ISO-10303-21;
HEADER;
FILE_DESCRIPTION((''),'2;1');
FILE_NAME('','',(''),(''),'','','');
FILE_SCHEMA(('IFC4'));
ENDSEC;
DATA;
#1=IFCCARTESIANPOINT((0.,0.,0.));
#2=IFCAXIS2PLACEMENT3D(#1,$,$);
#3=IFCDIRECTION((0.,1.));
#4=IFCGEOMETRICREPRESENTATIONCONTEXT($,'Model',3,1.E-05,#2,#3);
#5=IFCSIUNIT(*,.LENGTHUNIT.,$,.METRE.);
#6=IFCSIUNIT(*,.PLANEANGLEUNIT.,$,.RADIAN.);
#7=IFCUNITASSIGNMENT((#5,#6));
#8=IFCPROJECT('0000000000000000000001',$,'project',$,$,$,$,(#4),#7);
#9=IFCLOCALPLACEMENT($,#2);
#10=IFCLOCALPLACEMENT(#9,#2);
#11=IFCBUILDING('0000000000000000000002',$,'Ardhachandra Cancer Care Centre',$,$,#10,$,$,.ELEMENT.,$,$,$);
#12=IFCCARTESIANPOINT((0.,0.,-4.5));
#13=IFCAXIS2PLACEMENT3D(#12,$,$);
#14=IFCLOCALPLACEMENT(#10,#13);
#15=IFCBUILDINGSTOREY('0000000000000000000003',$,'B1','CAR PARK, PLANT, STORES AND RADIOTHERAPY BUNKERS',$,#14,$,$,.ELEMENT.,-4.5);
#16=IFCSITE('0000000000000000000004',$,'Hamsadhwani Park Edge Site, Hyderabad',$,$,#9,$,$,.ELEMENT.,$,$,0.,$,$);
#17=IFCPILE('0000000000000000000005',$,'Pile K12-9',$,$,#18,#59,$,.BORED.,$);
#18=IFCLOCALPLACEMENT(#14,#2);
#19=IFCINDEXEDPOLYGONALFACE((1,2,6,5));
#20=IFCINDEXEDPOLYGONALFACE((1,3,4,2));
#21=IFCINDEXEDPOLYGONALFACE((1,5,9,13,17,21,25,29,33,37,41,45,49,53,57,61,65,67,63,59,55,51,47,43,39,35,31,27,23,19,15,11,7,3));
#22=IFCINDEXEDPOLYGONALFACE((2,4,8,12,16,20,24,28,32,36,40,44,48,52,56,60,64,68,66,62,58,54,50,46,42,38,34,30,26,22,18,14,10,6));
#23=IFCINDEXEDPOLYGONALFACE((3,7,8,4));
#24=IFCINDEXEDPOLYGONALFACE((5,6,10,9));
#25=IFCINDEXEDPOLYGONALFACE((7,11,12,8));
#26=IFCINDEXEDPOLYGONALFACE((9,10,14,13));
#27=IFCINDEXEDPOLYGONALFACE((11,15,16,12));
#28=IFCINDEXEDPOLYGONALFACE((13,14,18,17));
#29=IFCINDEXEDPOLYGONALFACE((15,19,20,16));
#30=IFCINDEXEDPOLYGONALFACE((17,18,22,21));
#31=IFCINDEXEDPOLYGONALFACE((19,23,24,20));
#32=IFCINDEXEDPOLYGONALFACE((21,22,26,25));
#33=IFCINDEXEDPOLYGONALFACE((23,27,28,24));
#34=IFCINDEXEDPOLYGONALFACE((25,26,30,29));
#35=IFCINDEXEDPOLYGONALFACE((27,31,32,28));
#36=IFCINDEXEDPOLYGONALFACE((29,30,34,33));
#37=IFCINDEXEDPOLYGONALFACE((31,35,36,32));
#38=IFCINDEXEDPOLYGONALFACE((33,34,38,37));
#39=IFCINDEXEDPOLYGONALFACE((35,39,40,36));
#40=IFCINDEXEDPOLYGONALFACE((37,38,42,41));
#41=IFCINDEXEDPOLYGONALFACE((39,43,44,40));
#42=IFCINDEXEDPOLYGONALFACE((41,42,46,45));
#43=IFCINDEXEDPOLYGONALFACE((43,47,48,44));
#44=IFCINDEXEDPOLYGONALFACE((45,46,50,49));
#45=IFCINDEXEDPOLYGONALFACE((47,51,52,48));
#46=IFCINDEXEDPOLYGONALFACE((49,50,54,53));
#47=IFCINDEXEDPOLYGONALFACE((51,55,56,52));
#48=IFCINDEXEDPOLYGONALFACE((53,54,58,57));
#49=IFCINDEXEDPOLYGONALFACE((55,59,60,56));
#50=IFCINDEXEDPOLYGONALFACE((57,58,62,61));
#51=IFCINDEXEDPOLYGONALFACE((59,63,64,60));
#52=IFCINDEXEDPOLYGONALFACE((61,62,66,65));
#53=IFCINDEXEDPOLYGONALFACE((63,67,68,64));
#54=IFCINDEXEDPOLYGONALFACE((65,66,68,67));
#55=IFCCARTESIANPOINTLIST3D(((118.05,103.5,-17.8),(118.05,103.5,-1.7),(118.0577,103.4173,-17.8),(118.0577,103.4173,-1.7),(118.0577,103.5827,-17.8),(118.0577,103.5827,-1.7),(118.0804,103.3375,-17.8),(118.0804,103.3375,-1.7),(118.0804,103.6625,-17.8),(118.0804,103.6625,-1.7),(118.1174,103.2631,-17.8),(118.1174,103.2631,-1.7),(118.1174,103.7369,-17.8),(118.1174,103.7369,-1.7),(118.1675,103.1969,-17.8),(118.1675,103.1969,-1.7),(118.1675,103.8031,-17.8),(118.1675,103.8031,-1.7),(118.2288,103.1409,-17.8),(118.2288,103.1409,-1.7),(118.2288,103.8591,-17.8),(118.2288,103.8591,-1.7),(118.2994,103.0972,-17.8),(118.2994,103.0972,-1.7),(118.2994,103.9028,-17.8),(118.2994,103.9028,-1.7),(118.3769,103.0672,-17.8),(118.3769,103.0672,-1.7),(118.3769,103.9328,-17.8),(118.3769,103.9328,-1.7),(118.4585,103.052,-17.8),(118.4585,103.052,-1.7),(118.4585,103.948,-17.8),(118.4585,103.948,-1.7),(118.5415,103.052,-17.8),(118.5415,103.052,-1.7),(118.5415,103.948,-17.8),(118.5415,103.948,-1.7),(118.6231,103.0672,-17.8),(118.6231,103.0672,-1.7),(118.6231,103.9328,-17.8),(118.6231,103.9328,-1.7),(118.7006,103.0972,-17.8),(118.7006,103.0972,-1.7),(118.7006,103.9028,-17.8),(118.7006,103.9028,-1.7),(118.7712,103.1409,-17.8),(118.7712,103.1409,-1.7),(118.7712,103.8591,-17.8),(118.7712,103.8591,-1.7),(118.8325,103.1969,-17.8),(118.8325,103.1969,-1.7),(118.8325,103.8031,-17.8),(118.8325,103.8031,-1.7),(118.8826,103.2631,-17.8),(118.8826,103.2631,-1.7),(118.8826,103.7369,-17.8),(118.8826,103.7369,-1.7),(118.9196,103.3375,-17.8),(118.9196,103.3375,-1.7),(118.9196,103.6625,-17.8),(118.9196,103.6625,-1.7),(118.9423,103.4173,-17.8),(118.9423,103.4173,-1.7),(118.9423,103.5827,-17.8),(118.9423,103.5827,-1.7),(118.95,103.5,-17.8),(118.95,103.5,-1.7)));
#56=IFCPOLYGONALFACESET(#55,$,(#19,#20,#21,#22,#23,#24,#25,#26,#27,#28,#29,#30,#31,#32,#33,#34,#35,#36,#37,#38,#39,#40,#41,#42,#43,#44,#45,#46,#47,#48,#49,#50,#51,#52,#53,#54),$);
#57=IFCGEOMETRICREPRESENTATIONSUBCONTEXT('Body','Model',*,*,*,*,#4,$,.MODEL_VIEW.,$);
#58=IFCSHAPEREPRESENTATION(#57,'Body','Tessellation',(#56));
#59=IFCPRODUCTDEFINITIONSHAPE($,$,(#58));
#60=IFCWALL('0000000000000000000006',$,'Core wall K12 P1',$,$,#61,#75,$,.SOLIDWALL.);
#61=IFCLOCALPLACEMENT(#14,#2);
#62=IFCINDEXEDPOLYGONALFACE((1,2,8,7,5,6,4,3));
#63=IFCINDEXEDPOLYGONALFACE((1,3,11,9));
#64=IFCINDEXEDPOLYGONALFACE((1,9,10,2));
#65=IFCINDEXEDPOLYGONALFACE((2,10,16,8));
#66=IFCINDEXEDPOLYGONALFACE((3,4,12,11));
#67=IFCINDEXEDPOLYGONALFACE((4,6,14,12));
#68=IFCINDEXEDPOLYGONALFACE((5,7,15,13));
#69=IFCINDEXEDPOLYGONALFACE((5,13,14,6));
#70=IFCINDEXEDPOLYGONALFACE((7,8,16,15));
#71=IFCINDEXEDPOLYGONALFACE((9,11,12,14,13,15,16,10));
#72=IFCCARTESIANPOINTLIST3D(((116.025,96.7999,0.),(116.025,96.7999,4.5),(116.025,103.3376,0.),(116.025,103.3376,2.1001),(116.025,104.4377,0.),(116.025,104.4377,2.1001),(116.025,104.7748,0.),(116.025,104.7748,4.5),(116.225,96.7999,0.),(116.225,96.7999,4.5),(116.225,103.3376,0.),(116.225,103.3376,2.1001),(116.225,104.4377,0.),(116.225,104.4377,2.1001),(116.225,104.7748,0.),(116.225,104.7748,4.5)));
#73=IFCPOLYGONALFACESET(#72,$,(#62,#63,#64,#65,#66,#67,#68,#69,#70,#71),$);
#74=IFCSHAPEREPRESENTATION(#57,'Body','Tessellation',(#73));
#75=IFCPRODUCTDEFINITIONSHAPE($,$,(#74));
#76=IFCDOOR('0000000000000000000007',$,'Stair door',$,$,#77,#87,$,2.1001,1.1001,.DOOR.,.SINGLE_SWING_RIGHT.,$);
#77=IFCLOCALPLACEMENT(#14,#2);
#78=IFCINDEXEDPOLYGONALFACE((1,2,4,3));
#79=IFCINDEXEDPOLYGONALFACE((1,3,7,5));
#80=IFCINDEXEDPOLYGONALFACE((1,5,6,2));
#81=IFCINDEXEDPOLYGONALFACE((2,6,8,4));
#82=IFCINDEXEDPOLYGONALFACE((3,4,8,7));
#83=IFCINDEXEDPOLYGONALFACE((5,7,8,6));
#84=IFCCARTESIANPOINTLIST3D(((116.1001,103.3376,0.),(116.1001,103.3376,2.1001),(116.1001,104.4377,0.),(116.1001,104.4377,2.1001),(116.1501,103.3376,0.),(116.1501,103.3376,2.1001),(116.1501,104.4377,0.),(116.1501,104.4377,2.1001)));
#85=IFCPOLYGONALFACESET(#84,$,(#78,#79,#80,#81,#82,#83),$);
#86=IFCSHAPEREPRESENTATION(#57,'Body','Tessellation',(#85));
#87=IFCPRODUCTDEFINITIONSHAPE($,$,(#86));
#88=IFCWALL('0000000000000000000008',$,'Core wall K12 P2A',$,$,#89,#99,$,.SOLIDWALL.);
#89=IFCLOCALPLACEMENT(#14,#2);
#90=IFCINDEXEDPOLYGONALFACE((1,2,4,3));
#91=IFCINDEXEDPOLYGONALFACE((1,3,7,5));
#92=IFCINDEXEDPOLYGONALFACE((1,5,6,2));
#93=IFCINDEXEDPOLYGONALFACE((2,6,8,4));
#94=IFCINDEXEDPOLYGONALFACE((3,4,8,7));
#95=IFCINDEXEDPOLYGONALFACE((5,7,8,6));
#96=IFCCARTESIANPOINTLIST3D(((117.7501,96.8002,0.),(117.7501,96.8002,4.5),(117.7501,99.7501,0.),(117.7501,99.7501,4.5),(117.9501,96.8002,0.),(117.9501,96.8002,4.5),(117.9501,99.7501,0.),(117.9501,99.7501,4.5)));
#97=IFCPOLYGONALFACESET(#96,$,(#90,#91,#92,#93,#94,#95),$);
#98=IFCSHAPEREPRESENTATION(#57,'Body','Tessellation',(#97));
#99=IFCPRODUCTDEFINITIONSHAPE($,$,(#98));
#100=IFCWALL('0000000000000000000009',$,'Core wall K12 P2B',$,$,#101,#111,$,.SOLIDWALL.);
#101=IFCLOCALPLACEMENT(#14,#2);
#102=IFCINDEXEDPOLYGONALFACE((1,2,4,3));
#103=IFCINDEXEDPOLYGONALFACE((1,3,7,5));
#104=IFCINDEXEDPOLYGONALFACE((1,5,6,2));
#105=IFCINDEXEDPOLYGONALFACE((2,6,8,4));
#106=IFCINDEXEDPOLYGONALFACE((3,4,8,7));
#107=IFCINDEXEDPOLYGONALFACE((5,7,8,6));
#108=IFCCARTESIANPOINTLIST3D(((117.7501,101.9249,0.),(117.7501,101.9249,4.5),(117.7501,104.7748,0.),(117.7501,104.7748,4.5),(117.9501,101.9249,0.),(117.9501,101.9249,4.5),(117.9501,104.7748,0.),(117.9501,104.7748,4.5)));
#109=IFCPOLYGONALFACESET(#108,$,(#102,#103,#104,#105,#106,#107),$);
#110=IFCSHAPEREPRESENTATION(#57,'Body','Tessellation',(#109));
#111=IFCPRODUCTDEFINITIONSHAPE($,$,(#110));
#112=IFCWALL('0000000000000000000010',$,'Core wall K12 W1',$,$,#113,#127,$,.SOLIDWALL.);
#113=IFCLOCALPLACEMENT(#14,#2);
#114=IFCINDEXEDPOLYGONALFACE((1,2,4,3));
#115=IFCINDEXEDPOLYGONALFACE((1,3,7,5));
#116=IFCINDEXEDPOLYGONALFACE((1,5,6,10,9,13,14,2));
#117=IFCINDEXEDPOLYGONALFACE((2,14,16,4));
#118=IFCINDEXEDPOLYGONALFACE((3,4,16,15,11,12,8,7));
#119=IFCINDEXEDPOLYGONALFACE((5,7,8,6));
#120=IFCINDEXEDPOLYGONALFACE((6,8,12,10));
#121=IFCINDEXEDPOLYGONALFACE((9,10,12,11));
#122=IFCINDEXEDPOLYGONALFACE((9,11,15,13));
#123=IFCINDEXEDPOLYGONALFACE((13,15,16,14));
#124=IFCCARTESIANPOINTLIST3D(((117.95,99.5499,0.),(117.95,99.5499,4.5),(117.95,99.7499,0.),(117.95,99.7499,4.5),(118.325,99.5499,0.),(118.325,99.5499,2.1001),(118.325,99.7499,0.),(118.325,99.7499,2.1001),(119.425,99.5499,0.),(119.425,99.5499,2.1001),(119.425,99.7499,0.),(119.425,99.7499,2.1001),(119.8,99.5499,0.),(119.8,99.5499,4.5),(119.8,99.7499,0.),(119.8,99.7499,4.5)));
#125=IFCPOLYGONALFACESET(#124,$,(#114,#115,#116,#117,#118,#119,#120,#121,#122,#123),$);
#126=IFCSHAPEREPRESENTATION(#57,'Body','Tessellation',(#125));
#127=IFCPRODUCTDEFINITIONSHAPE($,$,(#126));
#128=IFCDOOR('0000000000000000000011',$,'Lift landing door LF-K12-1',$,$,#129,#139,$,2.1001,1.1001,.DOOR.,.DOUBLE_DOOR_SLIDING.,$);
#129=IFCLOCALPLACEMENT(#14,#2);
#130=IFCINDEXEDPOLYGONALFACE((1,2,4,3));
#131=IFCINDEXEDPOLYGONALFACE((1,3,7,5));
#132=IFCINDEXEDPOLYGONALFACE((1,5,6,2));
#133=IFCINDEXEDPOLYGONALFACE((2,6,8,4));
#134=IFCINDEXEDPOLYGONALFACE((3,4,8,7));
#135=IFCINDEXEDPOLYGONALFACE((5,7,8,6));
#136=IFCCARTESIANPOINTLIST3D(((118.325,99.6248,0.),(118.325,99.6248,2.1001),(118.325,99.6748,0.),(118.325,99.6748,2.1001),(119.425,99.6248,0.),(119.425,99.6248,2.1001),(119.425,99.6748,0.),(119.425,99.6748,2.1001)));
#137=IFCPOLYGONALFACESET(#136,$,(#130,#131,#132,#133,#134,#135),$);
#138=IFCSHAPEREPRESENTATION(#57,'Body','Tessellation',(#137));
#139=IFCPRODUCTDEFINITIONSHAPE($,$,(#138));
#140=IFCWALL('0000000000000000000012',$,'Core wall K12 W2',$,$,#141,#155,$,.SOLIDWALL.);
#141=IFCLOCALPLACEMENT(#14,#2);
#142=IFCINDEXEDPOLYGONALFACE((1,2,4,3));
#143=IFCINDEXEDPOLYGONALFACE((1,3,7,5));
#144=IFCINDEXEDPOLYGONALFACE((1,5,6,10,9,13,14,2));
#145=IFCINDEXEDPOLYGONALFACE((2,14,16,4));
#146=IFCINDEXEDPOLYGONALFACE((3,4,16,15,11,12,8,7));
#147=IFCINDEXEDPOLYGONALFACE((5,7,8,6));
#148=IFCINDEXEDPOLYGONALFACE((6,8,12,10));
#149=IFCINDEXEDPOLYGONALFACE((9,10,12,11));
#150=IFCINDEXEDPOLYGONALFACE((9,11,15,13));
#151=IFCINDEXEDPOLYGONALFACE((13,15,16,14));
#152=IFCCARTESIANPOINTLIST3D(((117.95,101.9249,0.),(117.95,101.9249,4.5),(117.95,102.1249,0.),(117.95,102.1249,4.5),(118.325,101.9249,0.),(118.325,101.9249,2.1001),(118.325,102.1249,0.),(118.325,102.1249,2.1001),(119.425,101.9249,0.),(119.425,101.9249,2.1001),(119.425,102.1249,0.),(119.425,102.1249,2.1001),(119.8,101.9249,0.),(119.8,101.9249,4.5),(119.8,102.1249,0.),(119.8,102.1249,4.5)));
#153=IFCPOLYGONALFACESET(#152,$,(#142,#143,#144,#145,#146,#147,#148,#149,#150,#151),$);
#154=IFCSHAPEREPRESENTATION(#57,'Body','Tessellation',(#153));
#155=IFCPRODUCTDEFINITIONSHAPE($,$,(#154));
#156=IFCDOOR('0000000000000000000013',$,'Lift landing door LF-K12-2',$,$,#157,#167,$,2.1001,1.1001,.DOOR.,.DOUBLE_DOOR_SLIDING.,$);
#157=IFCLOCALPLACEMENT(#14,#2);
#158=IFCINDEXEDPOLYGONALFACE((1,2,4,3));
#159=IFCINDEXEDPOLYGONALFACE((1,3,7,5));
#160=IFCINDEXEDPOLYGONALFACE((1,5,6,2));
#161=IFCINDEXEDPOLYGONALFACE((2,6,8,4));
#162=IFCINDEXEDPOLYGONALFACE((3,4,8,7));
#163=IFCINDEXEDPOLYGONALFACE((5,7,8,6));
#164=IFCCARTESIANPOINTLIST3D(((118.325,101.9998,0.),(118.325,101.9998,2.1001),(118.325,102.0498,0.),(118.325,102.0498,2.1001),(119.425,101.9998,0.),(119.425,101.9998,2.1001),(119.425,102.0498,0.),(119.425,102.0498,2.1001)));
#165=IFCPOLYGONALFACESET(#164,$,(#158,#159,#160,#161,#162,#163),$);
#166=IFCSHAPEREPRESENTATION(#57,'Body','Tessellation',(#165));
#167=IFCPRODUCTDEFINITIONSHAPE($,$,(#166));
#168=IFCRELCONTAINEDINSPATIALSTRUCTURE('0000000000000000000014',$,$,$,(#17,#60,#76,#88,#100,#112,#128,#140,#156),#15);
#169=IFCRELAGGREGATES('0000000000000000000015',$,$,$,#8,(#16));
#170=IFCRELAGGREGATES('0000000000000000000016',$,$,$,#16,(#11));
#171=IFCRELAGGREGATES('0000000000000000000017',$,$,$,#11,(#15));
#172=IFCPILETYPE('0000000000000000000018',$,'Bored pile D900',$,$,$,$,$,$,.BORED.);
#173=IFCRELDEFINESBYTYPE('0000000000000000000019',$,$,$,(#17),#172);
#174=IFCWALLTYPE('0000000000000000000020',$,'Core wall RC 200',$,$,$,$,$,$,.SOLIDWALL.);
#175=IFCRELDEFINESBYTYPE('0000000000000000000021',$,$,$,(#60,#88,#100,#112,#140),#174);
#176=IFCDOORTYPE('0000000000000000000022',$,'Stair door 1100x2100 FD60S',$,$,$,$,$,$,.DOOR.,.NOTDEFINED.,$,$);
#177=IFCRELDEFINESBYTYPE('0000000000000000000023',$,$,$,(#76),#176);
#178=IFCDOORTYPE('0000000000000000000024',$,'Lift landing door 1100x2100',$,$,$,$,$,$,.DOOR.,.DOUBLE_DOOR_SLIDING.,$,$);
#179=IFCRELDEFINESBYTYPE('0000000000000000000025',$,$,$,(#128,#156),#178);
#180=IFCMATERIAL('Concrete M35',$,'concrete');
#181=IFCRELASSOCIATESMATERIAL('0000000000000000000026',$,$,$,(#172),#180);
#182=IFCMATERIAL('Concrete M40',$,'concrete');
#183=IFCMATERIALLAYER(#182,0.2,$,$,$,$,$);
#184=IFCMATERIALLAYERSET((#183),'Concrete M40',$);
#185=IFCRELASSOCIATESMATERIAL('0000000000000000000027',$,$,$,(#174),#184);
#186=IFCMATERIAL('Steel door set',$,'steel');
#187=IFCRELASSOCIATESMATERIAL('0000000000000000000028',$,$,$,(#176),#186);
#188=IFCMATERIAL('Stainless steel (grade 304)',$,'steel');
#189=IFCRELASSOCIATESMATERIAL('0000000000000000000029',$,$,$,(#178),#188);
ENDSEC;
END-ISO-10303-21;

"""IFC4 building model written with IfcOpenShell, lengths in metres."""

from ifc_helpers import new_model, si_unit, direction, frame, frame_2d, origin, origin_2d, place, context, subcontext, project, spatial, rectangle, circle, extrude, material, layer, layer_set, material_profile, profile_set, type_object, element, fill, save


model = new_model("IFC4")

# Units and contexts
model_context = context("Model", 3, precision=1e-05, world=origin(), true_north=direction((0.0, 1.0)))
body_context = subcontext(model_context, "Body", "Model", "MODEL_VIEW")
ifc_project = project(units=[si_unit("LENGTHUNIT", "METRE"), si_unit("PLANEANGLEUNIT", "RADIAN")], contexts=[model_context])

# Site, building, storey
site_placement = place(None, origin())
site = spatial("IfcSite", under=ifc_project, at=site_placement, Name="Hamsadhwani Park Edge Site, Hyderabad", CompositionType="ELEMENT", RefElevation=0.0)
building_placement = place(site_placement, origin())
building = spatial("IfcBuilding", under=site, at=building_placement, Name="Ardhachandra Cancer Care Centre", CompositionType="ELEMENT")
storey_placement = place(building_placement, frame((0.0, 0.0, -4.5)))
storey = spatial("IfcBuildingStorey", under=building, at=storey_placement, Name="B1", Description="CAR PARK, PLANT, STORES AND RADIOTHERAPY BUNKERS", CompositionType="ELEMENT", Elevation=-4.5)

# Pile
ifc_material_1 = material(Name="Concrete M35", Category="concrete")
ifc_material_profile = material_profile(ifc_material_1, circle(Radius=0.45, at=origin_2d()), Name="D900")
ifc_profile_set = profile_set([ifc_material_profile], Name="Concrete M35")
pile_type = type_object("IfcPileType", Name="Bored pile D900", PredefinedType="BORED", material=ifc_profile_set)
for number, where, z_axis, x_axis, name in (
    (1, (118.5, 103.5, -1.7), (0.0, 0.0, -1.0), (1.0, 0.0, 0.0), "Pile K12-9"),
):
    element("IfcPile", number, at=place(storey_placement, frame(where, z_axis=z_axis, x_axis=x_axis)), inside=storey, type_object=pile_type, Name=name, PredefinedType="BORED", context=body_context, shape_type="SweptSolid", body=[
        extrude(circle(Radius=0.45, at=origin_2d()), origin(), (0.0, 0.0, 1.0), 16.1001),
    ])

# Wall, opening, door
ifc_material_2 = material(Name="Concrete M40", Category="concrete")
ifc_layer = layer(ifc_material_2, 0.2)
ifc_layer_set = layer_set([ifc_layer], Name="Concrete M40")
wall_type = type_object("IfcWallType", Name="Core wall RC 200", PredefinedType="SOLIDWALL", material=ifc_layer_set)
wall_1_placement = place(storey_placement, frame((116.125, 96.8, 0.0), z_axis=(0.0, 0.0, 1.0), x_axis=(0.0, 1.0, 0.0)))
wall_1 = element("IfcWall", 2, at=wall_1_placement, inside=storey, type_object=wall_type, Name="Core wall K12 P1", PredefinedType="SOLIDWALL", context=body_context, shape_type="SweptSolid", body=[
    extrude(rectangle(XDim=7.9749, YDim=0.2, at=frame_2d((3.9873, 0.0))), origin(), (0.0, 0.0, 1.0), 4.5),
])
opening_1_placement = place(wall_1_placement, frame((6.5376, 0.0, 0.0)))
opening_1 = element("IfcOpeningElement", 3, at=opening_1_placement, cuts=wall_1, PredefinedType="OPENING", context=body_context, shape_type="SweptSolid", body=[
    extrude(rectangle(XDim=1.1001, YDim=2.1001, at=frame_2d((0.55, 1.05))), frame((0.0, 0.1099, 0.0), z_axis=(0.0, -1.0, 0.0), x_axis=(1.0, 0.0, 0.0)), (0.0, 0.0, 1.0), 0.22),
])
ifc_material_3 = material(Name="Steel door set", Category="steel")
door_type_1 = type_object("IfcDoorType", Name="Stair door 1100x2100 FD60S", OperationType="NOTDEFINED", PredefinedType="DOOR", material=ifc_material_3)
door_1_placement = place(opening_1_placement, origin())
door_1 = element("IfcDoor", 4, at=door_1_placement, inside=storey, type_object=door_type_1, Name="Stair door", OperationType="SINGLE_SWING_RIGHT", OverallHeight=2.1001, OverallWidth=1.1001, PredefinedType="DOOR", context=body_context, shape_type="SweptSolid", body=[
    extrude(rectangle(XDim=1.1001, YDim=2.1001, at=frame_2d((0.55, 1.05))), frame((0.0, 0.0249, 0.0), z_axis=(0.0, -1.0, 0.0), x_axis=(1.0, 0.0, 0.0)), (0.0, 0.0, 1.0), 0.05),
])
fill(opening_1, door_1)

# Walls
wall_2_placement = place(storey_placement, frame((117.8501, 96.8, 0.0), z_axis=(0.0, 0.0, 1.0), x_axis=(0.0, 1.0, 0.0)))
element("IfcWall", 5, at=wall_2_placement, inside=storey, type_object=wall_type, Name="Core wall K12 P2A", PredefinedType="SOLIDWALL", context=body_context, shape_type="SweptSolid", body=[
    extrude(rectangle(XDim=2.95, YDim=0.2, at=frame_2d((1.4751, 0.0))), origin(), (0.0, 0.0, 1.0), 4.5),
])
wall_3_placement = place(storey_placement, frame((117.8501, 101.925, 0.0), z_axis=(0.0, 0.0, 1.0), x_axis=(0.0, 1.0, 0.0)))
element("IfcWall", 6, at=wall_3_placement, inside=storey, type_object=wall_type, Name="Core wall K12 P2B", PredefinedType="SOLIDWALL", context=body_context, shape_type="SweptSolid", body=[
    extrude(rectangle(XDim=2.8499, YDim=0.2, at=frame_2d((1.4248, 0.0))), origin(), (0.0, 0.0, 1.0), 4.5),
])

# Walls, openings, doors
wall_4_placement = place(storey_placement, frame((117.95, 99.6499, 0.0), z_axis=(0.0, 0.0, 1.0), x_axis=(1.0, 0.0, 0.0)))
wall_4 = element("IfcWall", 7, at=wall_4_placement, inside=storey, type_object=wall_type, Name="Core wall K12 W1", PredefinedType="SOLIDWALL", context=body_context, shape_type="SweptSolid", body=[
    extrude(rectangle(XDim=1.8501, YDim=0.2, at=frame_2d((0.925, 0.0))), origin(), (0.0, 0.0, 1.0), 4.5),
])
opening_2_placement = place(wall_4_placement, frame((0.375, 0.0, 0.0)))
opening_2 = element("IfcOpeningElement", 8, at=opening_2_placement, cuts=wall_4, PredefinedType="OPENING", context=body_context, shape_type="SweptSolid", body=[
    extrude(rectangle(XDim=1.1001, YDim=2.1001, at=frame_2d((0.55, 1.05))), frame((0.0, 0.1099, 0.0), z_axis=(0.0, -1.0, 0.0), x_axis=(1.0, 0.0, 0.0)), (0.0, 0.0, 1.0), 0.22),
])
ifc_material_4 = material(Name="Stainless steel (grade 304)", Category="steel")
door_type_2 = type_object("IfcDoorType", Name="Lift landing door 1100x2100", OperationType="DOUBLE_DOOR_SLIDING", PredefinedType="DOOR", material=ifc_material_4)
door_2_placement = place(opening_2_placement, origin())
door_2 = element("IfcDoor", 9, at=door_2_placement, inside=storey, type_object=door_type_2, Name="Lift landing door LF-K12-1", OperationType="DOUBLE_DOOR_SLIDING", OverallHeight=2.1001, OverallWidth=1.1001, PredefinedType="DOOR", context=body_context, shape_type="SweptSolid", body=[
    extrude(rectangle(XDim=1.1001, YDim=2.1001, at=frame_2d((0.55, 1.05))), frame((0.0, 0.0249, 0.0), z_axis=(0.0, -1.0, 0.0), x_axis=(1.0, 0.0, 0.0)), (0.0, 0.0, 1.0), 0.05),
])
fill(opening_2, door_2)
wall_5_placement = place(storey_placement, frame((117.95, 102.0249, 0.0), z_axis=(0.0, 0.0, 1.0), x_axis=(1.0, 0.0, 0.0)))
wall_5 = element("IfcWall", 10, at=wall_5_placement, inside=storey, type_object=wall_type, Name="Core wall K12 W2", PredefinedType="SOLIDWALL", context=body_context, shape_type="SweptSolid", body=[
    extrude(rectangle(XDim=1.8501, YDim=0.2, at=frame_2d((0.925, 0.0))), origin(), (0.0, 0.0, 1.0), 4.5),
])
opening_3_placement = place(wall_5_placement, frame((0.375, 0.0, 0.0)))
opening_3 = element("IfcOpeningElement", 11, at=opening_3_placement, cuts=wall_5, PredefinedType="OPENING", context=body_context, shape_type="SweptSolid", body=[
    extrude(rectangle(XDim=1.1001, YDim=2.1001, at=frame_2d((0.55, 1.05))), frame((0.0, 0.1099, 0.0), z_axis=(0.0, -1.0, 0.0), x_axis=(1.0, 0.0, 0.0)), (0.0, 0.0, 1.0), 0.22),
])
door_3_placement = place(opening_3_placement, origin())
door_3 = element("IfcDoor", 12, at=door_3_placement, inside=storey, type_object=door_type_2, Name="Lift landing door LF-K12-2", OperationType="DOUBLE_DOOR_SLIDING", OverallHeight=2.1001, OverallWidth=1.1001, PredefinedType="DOOR", context=body_context, shape_type="SweptSolid", body=[
    extrude(rectangle(XDim=1.1001, YDim=2.1001, at=frame_2d((0.55, 1.05))), frame((0.0, 0.0249, 0.0), z_axis=(0.0, -1.0, 0.0), x_axis=(1.0, 0.0, 0.0)), (0.0, 0.0, 1.0), 0.05),
])
fill(opening_3, door_3)

save(model, "model.ifc")
